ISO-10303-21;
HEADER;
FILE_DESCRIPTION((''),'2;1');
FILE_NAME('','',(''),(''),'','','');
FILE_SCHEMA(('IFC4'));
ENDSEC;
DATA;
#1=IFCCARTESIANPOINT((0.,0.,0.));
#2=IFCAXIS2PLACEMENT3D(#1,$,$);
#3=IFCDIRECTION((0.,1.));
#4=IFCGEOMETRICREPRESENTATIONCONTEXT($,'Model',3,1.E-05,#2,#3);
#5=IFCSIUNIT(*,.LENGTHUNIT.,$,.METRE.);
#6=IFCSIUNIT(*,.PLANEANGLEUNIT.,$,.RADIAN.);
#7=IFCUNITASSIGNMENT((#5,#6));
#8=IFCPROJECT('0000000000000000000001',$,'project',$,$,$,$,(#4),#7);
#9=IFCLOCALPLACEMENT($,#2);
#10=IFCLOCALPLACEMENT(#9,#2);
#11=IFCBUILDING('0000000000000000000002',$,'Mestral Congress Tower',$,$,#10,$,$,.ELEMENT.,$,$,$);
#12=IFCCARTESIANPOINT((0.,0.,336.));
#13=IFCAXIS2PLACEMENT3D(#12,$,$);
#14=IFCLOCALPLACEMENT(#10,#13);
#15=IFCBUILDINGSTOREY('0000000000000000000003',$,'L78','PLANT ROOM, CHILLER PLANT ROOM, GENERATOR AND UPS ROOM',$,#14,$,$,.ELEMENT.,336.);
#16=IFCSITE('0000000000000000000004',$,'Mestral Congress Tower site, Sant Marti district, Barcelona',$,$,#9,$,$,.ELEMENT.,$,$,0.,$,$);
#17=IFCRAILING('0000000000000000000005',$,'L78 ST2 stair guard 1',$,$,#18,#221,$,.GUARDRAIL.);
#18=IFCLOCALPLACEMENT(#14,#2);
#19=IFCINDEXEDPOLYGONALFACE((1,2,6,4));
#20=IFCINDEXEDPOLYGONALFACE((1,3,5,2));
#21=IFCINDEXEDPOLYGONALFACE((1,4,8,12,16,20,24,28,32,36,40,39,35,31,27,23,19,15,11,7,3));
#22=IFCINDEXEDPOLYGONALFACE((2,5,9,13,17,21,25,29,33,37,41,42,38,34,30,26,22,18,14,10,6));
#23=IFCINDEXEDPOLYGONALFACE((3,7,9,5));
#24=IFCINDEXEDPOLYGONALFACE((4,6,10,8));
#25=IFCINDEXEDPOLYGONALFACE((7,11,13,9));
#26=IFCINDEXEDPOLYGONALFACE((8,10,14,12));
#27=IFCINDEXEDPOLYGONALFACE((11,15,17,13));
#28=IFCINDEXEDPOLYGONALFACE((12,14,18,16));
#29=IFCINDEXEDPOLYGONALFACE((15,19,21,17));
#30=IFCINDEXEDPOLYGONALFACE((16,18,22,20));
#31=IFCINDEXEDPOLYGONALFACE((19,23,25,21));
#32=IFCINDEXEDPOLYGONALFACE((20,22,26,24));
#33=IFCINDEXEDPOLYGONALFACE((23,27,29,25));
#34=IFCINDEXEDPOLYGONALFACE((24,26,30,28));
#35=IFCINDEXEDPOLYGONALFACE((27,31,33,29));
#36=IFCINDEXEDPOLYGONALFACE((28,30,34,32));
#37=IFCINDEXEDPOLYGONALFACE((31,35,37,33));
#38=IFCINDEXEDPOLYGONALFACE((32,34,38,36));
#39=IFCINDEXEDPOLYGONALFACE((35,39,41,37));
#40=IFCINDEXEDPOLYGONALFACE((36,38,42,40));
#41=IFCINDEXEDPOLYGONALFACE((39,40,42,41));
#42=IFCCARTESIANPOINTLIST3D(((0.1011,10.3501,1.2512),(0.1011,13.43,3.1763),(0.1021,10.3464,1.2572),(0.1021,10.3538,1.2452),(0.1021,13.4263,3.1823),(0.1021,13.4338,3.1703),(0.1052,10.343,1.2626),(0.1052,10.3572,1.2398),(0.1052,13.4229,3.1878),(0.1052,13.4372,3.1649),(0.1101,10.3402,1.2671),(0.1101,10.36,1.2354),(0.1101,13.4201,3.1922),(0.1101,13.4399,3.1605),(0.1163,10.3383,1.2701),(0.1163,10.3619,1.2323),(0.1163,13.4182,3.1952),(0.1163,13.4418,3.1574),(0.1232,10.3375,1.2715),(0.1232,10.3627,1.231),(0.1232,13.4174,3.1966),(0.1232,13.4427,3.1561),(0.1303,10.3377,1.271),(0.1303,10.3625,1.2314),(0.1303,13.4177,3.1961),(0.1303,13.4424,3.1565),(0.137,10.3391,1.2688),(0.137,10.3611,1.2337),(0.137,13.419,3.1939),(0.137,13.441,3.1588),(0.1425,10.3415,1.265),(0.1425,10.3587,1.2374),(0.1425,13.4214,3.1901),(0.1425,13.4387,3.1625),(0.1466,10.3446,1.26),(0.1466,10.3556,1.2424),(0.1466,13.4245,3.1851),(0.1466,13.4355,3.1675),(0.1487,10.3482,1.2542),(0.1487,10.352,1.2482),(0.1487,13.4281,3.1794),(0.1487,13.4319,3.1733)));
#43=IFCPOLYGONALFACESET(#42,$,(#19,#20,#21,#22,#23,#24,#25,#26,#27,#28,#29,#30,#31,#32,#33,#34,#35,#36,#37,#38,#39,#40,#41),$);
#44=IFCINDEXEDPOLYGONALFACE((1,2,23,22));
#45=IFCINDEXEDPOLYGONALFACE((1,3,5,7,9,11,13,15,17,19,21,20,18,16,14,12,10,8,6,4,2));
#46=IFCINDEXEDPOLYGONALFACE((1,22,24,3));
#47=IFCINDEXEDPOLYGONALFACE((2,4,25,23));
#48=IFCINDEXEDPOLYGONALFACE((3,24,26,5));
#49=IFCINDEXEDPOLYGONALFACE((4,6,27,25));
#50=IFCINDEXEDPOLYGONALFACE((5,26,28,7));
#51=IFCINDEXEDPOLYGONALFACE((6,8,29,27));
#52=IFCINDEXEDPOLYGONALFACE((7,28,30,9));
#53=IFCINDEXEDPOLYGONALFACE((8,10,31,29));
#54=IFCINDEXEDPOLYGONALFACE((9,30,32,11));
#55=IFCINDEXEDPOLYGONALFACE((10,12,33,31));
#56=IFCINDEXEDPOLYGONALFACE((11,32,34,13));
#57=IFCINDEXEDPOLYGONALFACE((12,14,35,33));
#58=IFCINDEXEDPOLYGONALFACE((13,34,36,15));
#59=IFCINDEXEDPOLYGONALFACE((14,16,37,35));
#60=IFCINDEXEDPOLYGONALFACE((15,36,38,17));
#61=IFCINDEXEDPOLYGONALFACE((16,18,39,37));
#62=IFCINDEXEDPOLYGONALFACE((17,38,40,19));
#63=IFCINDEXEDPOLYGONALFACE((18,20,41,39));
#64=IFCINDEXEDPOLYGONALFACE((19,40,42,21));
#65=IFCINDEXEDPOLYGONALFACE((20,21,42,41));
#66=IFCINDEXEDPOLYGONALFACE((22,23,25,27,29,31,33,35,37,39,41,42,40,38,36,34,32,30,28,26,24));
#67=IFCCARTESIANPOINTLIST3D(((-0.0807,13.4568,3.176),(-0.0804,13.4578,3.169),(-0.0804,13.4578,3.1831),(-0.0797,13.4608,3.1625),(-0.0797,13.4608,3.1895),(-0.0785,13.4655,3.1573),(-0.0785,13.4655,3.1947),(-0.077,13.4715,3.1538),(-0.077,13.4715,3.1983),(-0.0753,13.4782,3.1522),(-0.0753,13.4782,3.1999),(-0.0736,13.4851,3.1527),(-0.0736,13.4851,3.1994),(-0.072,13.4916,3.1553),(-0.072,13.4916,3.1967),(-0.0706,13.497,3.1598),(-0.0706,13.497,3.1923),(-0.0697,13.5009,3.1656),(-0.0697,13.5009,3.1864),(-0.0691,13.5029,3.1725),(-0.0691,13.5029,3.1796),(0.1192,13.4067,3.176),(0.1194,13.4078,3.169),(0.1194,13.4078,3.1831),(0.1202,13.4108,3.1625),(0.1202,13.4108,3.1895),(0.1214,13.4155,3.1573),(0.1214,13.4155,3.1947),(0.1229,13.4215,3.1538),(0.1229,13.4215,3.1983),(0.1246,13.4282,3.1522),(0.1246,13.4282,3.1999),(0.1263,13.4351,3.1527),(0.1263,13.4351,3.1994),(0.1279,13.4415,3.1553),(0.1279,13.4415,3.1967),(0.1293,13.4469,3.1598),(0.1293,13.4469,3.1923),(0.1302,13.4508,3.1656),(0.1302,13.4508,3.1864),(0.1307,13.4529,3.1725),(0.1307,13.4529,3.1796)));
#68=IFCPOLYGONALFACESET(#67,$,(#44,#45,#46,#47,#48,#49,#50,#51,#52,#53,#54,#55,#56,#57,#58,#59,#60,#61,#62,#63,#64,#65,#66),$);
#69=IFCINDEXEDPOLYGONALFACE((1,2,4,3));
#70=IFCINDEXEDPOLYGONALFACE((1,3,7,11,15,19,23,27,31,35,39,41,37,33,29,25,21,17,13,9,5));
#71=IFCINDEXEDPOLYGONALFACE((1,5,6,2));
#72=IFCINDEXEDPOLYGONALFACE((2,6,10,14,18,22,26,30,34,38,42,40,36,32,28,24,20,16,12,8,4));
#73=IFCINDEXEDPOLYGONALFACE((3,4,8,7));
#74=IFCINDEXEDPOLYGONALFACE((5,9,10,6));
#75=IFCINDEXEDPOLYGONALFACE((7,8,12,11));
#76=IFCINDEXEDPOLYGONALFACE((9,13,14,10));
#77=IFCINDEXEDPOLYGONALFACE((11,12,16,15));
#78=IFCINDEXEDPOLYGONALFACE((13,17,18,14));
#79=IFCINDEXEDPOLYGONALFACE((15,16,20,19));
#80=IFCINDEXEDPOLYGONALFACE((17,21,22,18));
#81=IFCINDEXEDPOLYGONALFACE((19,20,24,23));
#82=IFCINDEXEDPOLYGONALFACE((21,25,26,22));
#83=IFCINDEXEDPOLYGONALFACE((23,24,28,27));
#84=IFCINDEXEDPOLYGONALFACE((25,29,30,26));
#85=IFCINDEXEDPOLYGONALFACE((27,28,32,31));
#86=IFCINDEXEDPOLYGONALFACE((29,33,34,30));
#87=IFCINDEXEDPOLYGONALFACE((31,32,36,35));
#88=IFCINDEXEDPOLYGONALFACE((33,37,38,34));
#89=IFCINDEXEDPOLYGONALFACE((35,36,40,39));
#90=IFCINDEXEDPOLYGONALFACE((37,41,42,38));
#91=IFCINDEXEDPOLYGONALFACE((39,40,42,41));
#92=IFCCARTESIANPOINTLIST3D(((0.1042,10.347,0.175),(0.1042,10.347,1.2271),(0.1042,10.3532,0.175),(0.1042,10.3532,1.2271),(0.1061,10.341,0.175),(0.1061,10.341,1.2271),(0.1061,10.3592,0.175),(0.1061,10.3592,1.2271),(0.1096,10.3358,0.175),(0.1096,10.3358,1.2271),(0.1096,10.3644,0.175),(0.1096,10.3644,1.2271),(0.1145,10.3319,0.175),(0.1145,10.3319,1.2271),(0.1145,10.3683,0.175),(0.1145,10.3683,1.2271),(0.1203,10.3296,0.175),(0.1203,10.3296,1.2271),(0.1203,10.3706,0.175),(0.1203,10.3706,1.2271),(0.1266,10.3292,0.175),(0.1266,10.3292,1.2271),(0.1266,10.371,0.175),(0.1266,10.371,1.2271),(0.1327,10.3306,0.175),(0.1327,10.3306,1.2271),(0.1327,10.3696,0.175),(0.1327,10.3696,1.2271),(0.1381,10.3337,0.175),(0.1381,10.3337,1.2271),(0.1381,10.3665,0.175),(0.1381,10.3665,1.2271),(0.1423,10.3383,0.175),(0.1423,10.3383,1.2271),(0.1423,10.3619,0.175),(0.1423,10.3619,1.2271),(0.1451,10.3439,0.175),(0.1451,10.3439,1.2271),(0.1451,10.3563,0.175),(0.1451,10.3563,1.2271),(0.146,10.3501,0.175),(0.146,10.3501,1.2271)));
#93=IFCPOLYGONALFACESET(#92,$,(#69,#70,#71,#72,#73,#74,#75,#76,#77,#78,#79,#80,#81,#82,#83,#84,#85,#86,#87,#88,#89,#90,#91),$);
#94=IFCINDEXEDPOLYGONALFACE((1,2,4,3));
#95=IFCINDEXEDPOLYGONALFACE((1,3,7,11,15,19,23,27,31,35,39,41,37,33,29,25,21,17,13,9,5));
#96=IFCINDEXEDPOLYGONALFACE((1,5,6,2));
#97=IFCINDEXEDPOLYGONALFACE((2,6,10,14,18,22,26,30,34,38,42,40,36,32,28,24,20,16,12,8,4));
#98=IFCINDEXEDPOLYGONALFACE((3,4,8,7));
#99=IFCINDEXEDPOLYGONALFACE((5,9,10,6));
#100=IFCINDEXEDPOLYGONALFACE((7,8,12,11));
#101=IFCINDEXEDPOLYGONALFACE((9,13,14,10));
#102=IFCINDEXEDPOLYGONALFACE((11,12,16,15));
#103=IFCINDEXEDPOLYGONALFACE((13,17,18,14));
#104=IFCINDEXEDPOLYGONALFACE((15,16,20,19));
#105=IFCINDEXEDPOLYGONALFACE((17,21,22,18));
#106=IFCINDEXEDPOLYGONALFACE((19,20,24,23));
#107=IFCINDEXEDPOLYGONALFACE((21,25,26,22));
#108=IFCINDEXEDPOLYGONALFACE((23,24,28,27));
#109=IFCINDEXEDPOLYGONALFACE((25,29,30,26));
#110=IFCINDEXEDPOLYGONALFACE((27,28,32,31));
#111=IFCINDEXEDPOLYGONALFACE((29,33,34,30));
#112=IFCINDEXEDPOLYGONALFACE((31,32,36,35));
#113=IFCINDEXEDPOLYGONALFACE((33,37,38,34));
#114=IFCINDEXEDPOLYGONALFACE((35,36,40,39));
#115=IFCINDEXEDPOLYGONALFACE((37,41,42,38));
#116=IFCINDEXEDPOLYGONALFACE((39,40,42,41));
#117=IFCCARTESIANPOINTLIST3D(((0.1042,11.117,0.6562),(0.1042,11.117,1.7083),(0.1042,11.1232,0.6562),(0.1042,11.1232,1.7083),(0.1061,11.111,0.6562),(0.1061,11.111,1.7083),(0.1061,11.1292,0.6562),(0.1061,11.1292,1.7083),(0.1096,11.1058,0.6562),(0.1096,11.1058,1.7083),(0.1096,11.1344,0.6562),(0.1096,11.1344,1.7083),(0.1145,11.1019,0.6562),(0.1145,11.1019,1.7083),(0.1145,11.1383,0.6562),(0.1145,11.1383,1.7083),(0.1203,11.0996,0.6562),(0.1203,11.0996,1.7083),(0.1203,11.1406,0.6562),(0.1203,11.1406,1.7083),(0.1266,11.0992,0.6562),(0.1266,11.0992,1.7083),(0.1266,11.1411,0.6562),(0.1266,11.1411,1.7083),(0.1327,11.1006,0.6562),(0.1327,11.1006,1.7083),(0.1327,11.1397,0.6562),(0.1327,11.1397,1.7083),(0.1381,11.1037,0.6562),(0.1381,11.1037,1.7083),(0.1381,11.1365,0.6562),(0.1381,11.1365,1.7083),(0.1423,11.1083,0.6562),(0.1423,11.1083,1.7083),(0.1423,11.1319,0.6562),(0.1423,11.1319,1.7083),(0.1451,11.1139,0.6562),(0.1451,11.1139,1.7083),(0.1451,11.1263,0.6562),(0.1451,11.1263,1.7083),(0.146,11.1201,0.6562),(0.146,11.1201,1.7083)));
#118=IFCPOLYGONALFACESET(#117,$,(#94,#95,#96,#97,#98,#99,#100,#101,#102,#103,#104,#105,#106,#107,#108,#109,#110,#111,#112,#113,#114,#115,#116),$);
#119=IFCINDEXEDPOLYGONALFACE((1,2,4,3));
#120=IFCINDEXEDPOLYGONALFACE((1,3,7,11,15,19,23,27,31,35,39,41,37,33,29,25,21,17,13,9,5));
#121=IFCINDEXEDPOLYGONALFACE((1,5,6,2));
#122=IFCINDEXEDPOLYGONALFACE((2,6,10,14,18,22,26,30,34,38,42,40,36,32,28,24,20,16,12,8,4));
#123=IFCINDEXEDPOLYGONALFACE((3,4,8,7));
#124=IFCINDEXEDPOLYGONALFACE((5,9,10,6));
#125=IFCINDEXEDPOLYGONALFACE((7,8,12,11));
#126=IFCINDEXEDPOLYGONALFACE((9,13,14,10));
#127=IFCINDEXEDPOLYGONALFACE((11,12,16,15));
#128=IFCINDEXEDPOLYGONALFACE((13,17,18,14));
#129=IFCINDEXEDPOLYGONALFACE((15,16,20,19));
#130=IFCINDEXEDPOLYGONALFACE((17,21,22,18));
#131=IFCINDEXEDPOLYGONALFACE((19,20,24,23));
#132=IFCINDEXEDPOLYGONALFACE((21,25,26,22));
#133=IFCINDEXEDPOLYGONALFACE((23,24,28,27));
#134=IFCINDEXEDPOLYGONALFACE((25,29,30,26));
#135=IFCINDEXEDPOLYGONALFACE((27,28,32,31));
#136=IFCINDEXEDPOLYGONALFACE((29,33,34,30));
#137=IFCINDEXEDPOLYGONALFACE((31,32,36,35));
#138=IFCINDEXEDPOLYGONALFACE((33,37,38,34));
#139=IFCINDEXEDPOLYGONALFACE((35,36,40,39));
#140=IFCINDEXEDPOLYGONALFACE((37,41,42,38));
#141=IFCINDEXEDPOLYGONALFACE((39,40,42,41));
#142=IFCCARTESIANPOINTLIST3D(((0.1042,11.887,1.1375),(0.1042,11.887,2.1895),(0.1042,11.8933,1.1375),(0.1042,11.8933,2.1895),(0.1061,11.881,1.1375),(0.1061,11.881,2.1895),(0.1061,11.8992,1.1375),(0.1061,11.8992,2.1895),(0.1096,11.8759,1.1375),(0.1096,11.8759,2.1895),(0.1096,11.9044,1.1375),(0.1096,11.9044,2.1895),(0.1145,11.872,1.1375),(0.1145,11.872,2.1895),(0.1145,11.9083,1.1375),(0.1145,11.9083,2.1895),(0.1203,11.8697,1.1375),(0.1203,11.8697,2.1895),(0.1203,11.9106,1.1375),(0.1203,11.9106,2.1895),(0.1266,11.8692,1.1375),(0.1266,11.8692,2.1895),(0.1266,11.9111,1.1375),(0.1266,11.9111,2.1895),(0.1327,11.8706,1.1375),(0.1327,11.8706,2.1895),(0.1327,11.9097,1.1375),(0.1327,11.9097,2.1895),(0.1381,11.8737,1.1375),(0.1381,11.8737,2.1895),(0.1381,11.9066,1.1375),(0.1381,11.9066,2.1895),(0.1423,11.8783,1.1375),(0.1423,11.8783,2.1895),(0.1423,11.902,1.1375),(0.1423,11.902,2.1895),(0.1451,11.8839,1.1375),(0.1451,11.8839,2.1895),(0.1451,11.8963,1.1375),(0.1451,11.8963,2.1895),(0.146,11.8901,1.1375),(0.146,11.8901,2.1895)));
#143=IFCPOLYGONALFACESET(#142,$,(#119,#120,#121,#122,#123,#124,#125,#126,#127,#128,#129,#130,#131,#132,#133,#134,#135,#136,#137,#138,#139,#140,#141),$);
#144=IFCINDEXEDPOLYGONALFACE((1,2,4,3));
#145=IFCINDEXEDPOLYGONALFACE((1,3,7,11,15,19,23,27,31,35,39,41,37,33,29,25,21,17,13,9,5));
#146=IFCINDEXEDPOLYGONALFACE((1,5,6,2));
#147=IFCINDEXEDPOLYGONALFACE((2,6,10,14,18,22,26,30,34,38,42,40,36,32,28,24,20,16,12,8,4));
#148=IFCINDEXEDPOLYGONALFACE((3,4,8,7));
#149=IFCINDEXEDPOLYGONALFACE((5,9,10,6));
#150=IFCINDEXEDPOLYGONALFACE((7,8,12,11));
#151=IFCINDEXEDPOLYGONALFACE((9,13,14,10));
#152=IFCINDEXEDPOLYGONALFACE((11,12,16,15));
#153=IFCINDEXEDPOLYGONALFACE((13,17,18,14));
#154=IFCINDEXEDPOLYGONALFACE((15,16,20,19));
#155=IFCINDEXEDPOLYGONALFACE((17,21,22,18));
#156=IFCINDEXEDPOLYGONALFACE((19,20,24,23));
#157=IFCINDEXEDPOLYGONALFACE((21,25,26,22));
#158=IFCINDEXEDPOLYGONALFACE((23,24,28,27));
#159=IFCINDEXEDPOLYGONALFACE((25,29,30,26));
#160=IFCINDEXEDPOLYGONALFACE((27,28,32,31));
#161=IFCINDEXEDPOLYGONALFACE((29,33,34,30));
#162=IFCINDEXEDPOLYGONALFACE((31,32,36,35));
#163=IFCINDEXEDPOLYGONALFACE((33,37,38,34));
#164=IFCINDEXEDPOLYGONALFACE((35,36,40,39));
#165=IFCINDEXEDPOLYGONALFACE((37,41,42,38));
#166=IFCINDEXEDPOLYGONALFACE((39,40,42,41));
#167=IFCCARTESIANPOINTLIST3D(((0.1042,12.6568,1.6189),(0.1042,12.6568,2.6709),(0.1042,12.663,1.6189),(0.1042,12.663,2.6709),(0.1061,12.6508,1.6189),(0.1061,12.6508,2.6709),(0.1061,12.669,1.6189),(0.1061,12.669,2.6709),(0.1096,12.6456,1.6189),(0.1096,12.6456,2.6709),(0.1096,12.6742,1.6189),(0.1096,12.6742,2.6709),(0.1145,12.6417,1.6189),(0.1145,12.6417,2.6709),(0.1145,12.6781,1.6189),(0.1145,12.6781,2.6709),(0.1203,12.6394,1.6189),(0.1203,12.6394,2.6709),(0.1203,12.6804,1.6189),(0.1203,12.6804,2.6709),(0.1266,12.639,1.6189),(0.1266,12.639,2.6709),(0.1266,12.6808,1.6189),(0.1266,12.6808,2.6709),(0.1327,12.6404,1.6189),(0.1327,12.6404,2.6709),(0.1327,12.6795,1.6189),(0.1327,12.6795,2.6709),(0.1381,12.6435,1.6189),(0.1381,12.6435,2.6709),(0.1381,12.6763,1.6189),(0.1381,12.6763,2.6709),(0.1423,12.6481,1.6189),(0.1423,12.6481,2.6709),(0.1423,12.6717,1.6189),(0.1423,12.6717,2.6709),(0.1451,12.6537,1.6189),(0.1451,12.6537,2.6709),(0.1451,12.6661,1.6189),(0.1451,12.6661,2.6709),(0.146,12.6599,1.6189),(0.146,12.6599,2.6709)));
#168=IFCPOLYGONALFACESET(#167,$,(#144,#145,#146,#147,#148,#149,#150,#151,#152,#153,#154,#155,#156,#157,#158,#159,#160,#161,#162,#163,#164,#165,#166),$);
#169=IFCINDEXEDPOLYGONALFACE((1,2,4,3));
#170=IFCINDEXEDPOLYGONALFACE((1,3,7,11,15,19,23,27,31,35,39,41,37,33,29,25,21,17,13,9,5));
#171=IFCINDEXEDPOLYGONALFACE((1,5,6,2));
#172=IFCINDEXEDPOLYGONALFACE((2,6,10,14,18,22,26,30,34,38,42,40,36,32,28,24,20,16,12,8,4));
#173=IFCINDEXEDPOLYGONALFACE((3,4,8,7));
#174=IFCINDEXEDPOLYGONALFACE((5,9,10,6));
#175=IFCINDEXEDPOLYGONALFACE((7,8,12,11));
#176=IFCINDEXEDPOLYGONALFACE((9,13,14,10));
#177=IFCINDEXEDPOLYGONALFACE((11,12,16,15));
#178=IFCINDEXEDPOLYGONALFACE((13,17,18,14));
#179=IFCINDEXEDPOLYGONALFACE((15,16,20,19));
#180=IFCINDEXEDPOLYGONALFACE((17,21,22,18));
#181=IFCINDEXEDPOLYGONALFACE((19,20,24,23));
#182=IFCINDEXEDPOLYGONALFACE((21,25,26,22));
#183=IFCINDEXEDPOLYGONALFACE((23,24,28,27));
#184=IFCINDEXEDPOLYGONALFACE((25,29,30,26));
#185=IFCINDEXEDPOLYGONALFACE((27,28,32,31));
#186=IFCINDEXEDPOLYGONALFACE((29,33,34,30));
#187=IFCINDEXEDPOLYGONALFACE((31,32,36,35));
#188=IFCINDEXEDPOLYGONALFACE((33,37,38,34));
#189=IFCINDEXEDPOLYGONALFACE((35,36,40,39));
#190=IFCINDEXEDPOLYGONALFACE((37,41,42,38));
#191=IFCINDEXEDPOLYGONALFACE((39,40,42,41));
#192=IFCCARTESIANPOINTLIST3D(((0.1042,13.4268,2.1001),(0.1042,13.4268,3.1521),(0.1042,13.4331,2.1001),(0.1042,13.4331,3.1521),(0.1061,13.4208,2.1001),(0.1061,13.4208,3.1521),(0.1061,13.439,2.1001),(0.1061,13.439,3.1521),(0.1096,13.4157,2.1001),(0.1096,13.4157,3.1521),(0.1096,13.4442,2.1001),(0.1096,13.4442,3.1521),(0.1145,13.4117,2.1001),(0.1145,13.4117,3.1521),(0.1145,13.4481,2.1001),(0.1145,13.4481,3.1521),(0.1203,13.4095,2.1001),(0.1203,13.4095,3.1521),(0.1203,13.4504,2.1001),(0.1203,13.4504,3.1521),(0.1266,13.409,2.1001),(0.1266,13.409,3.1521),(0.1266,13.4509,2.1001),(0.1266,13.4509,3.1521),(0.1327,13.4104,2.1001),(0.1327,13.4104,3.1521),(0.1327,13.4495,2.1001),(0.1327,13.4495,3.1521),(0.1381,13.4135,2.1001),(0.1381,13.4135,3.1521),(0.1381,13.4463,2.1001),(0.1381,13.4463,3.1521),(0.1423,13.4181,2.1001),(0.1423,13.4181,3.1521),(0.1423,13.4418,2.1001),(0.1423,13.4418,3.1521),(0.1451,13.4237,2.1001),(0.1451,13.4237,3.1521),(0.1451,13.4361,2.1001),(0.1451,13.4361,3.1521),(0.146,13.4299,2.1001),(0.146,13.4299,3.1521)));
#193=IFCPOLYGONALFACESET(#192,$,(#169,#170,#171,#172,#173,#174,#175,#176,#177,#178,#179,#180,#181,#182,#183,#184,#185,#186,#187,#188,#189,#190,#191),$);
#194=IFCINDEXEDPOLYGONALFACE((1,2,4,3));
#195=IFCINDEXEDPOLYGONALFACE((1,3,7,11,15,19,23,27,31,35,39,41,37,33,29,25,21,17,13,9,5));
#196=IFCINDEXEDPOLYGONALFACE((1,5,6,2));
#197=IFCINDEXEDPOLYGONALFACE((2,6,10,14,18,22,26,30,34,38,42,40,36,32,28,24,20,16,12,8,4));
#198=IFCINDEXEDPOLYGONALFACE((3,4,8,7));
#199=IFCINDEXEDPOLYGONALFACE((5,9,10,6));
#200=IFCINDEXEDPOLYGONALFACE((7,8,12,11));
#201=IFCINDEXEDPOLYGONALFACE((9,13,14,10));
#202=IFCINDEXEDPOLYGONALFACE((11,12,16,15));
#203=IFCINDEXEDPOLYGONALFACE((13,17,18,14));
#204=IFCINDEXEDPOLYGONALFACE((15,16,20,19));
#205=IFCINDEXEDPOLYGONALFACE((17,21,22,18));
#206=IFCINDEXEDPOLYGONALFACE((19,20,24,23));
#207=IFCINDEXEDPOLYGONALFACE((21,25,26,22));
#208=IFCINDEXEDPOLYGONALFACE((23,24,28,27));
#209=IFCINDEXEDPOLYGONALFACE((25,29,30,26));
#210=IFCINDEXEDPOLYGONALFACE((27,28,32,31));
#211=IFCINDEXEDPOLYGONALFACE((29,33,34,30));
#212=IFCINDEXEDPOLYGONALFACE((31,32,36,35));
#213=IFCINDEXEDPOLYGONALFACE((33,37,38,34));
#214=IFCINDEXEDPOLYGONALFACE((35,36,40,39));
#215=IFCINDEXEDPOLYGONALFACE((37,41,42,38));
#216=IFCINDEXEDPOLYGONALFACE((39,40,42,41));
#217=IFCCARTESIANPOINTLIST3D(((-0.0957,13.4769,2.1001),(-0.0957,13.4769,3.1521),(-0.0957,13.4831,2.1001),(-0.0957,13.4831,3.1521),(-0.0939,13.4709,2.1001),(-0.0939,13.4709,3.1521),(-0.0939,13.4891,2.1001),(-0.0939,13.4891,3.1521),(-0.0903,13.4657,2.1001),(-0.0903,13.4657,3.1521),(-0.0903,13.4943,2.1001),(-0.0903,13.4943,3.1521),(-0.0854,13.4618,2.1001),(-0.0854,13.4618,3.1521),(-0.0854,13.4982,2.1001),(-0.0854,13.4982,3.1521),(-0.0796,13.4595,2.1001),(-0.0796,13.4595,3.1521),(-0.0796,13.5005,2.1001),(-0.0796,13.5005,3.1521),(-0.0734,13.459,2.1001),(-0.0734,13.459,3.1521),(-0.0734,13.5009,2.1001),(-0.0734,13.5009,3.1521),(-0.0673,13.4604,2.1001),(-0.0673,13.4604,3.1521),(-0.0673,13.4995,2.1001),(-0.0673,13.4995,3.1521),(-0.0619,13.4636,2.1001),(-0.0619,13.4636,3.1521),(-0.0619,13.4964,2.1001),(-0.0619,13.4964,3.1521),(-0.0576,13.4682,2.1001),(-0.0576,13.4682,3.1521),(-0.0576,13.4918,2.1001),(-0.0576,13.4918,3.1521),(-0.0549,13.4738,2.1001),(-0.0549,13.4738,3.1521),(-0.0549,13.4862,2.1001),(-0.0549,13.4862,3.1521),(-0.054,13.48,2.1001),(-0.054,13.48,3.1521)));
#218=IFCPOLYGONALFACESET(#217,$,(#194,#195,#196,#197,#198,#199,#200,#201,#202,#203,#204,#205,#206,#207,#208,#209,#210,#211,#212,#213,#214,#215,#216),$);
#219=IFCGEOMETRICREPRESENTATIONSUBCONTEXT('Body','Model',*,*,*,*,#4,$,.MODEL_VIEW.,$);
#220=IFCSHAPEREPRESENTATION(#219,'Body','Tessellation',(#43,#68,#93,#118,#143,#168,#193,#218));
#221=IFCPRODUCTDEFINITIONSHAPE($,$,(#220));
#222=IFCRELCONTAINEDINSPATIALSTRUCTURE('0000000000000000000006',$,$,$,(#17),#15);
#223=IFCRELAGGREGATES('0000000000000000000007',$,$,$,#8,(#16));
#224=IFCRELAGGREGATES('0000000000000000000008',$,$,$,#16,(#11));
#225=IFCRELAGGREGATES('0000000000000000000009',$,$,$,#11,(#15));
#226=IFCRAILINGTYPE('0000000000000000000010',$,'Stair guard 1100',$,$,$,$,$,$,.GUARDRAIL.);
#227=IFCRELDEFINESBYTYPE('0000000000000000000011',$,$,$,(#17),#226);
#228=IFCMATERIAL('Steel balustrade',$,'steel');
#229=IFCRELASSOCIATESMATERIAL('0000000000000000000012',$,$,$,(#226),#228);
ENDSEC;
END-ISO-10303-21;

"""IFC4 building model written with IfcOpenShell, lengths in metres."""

from ifc_helpers import new_model, si_unit, direction, frame, origin, origin_2d, place, context, subcontext, project, spatial, circle, extrude, material, type_object, element, save


model = new_model("IFC4")

# Units and contexts
model_context = context("Model", 3, precision=1e-05, world=origin(), true_north=direction((0.0, 1.0)))
body_context = subcontext(model_context, "Body", "Model", "MODEL_VIEW")
ifc_project = project(units=[si_unit("LENGTHUNIT", "METRE"), si_unit("PLANEANGLEUNIT", "RADIAN")], contexts=[model_context])

# Site, building, storey
site_placement = place(None, origin())
site = spatial("IfcSite", under=ifc_project, at=site_placement, Name="Mestral Congress Tower site, Sant Marti district, Barcelona", CompositionType="ELEMENT", RefElevation=0.0)
building_placement = place(site_placement, origin())
building = spatial("IfcBuilding", under=site, at=building_placement, Name="Mestral Congress Tower", CompositionType="ELEMENT")
storey_placement = place(building_placement, frame((0.0, 0.0, 336.0)))
storey = spatial("IfcBuildingStorey", under=building, at=storey_placement, Name="L78", Description="PLANT ROOM, CHILLER PLANT ROOM, GENERATOR AND UPS ROOM", CompositionType="ELEMENT", Elevation=336.0)

# Railing
ifc_material_1 = material(Name="Steel balustrade", Category="steel")
railing_type_1 = type_object("IfcRailingType", Name="Stair guard 1100", PredefinedType="GUARDRAIL", material=ifc_material_1)
railing_1_placement = place(storey_placement, frame((0.125, 10.3501, 0.175)))
element("IfcRailing", 1, at=railing_1_placement, inside=storey, type_object=railing_type_1, Name="L78 ST2 stair guard 1", PredefinedType="GUARDRAIL", context=body_context, shape_type="SweptSolid", body=[
    extrude(circle(Radius=0.0239, at=origin_2d()), frame((0.0, 0.0, 1.0762), z_axis=(0.0, 0.847979, 0.530029), x_axis=(-1.0, 0.0, 0.0)), (0.0, 0.0, 1.0), 3.6321),
    extrude(circle(Radius=0.0239, at=origin_2d()), frame((0.0, 3.0798, 3.001), z_axis=(-0.970073, 0.242814, 0.0), x_axis=(-0.242814, -0.970073, 0.0)), (0.0, 0.0, 1.0), 0.2061),
    extrude(circle(Radius=0.021, at=origin_2d()), origin(), (0.0, 0.0, 1.0), 1.052),
    extrude(circle(Radius=0.021, at=origin_2d()), frame((0.0, 0.77, 0.4812)), (0.0, 0.0, 1.0), 1.052),
    extrude(circle(Radius=0.021, at=origin_2d()), frame((0.0, 1.54, 0.9624)), (0.0, 0.0, 1.0), 1.052),
    extrude(circle(Radius=0.021, at=origin_2d()), frame((0.0, 2.3098, 1.4438)), (0.0, 0.0, 1.0), 1.052),
    extrude(circle(Radius=0.021, at=origin_2d()), frame((0.0, 3.0798, 1.925)), (0.0, 0.0, 1.0), 1.052),
    extrude(circle(Radius=0.021, at=origin_2d()), frame((-0.2, 3.1299, 1.925)), (0.0, 0.0, 1.0), 1.052),
])

save(model, "model.ifc")
